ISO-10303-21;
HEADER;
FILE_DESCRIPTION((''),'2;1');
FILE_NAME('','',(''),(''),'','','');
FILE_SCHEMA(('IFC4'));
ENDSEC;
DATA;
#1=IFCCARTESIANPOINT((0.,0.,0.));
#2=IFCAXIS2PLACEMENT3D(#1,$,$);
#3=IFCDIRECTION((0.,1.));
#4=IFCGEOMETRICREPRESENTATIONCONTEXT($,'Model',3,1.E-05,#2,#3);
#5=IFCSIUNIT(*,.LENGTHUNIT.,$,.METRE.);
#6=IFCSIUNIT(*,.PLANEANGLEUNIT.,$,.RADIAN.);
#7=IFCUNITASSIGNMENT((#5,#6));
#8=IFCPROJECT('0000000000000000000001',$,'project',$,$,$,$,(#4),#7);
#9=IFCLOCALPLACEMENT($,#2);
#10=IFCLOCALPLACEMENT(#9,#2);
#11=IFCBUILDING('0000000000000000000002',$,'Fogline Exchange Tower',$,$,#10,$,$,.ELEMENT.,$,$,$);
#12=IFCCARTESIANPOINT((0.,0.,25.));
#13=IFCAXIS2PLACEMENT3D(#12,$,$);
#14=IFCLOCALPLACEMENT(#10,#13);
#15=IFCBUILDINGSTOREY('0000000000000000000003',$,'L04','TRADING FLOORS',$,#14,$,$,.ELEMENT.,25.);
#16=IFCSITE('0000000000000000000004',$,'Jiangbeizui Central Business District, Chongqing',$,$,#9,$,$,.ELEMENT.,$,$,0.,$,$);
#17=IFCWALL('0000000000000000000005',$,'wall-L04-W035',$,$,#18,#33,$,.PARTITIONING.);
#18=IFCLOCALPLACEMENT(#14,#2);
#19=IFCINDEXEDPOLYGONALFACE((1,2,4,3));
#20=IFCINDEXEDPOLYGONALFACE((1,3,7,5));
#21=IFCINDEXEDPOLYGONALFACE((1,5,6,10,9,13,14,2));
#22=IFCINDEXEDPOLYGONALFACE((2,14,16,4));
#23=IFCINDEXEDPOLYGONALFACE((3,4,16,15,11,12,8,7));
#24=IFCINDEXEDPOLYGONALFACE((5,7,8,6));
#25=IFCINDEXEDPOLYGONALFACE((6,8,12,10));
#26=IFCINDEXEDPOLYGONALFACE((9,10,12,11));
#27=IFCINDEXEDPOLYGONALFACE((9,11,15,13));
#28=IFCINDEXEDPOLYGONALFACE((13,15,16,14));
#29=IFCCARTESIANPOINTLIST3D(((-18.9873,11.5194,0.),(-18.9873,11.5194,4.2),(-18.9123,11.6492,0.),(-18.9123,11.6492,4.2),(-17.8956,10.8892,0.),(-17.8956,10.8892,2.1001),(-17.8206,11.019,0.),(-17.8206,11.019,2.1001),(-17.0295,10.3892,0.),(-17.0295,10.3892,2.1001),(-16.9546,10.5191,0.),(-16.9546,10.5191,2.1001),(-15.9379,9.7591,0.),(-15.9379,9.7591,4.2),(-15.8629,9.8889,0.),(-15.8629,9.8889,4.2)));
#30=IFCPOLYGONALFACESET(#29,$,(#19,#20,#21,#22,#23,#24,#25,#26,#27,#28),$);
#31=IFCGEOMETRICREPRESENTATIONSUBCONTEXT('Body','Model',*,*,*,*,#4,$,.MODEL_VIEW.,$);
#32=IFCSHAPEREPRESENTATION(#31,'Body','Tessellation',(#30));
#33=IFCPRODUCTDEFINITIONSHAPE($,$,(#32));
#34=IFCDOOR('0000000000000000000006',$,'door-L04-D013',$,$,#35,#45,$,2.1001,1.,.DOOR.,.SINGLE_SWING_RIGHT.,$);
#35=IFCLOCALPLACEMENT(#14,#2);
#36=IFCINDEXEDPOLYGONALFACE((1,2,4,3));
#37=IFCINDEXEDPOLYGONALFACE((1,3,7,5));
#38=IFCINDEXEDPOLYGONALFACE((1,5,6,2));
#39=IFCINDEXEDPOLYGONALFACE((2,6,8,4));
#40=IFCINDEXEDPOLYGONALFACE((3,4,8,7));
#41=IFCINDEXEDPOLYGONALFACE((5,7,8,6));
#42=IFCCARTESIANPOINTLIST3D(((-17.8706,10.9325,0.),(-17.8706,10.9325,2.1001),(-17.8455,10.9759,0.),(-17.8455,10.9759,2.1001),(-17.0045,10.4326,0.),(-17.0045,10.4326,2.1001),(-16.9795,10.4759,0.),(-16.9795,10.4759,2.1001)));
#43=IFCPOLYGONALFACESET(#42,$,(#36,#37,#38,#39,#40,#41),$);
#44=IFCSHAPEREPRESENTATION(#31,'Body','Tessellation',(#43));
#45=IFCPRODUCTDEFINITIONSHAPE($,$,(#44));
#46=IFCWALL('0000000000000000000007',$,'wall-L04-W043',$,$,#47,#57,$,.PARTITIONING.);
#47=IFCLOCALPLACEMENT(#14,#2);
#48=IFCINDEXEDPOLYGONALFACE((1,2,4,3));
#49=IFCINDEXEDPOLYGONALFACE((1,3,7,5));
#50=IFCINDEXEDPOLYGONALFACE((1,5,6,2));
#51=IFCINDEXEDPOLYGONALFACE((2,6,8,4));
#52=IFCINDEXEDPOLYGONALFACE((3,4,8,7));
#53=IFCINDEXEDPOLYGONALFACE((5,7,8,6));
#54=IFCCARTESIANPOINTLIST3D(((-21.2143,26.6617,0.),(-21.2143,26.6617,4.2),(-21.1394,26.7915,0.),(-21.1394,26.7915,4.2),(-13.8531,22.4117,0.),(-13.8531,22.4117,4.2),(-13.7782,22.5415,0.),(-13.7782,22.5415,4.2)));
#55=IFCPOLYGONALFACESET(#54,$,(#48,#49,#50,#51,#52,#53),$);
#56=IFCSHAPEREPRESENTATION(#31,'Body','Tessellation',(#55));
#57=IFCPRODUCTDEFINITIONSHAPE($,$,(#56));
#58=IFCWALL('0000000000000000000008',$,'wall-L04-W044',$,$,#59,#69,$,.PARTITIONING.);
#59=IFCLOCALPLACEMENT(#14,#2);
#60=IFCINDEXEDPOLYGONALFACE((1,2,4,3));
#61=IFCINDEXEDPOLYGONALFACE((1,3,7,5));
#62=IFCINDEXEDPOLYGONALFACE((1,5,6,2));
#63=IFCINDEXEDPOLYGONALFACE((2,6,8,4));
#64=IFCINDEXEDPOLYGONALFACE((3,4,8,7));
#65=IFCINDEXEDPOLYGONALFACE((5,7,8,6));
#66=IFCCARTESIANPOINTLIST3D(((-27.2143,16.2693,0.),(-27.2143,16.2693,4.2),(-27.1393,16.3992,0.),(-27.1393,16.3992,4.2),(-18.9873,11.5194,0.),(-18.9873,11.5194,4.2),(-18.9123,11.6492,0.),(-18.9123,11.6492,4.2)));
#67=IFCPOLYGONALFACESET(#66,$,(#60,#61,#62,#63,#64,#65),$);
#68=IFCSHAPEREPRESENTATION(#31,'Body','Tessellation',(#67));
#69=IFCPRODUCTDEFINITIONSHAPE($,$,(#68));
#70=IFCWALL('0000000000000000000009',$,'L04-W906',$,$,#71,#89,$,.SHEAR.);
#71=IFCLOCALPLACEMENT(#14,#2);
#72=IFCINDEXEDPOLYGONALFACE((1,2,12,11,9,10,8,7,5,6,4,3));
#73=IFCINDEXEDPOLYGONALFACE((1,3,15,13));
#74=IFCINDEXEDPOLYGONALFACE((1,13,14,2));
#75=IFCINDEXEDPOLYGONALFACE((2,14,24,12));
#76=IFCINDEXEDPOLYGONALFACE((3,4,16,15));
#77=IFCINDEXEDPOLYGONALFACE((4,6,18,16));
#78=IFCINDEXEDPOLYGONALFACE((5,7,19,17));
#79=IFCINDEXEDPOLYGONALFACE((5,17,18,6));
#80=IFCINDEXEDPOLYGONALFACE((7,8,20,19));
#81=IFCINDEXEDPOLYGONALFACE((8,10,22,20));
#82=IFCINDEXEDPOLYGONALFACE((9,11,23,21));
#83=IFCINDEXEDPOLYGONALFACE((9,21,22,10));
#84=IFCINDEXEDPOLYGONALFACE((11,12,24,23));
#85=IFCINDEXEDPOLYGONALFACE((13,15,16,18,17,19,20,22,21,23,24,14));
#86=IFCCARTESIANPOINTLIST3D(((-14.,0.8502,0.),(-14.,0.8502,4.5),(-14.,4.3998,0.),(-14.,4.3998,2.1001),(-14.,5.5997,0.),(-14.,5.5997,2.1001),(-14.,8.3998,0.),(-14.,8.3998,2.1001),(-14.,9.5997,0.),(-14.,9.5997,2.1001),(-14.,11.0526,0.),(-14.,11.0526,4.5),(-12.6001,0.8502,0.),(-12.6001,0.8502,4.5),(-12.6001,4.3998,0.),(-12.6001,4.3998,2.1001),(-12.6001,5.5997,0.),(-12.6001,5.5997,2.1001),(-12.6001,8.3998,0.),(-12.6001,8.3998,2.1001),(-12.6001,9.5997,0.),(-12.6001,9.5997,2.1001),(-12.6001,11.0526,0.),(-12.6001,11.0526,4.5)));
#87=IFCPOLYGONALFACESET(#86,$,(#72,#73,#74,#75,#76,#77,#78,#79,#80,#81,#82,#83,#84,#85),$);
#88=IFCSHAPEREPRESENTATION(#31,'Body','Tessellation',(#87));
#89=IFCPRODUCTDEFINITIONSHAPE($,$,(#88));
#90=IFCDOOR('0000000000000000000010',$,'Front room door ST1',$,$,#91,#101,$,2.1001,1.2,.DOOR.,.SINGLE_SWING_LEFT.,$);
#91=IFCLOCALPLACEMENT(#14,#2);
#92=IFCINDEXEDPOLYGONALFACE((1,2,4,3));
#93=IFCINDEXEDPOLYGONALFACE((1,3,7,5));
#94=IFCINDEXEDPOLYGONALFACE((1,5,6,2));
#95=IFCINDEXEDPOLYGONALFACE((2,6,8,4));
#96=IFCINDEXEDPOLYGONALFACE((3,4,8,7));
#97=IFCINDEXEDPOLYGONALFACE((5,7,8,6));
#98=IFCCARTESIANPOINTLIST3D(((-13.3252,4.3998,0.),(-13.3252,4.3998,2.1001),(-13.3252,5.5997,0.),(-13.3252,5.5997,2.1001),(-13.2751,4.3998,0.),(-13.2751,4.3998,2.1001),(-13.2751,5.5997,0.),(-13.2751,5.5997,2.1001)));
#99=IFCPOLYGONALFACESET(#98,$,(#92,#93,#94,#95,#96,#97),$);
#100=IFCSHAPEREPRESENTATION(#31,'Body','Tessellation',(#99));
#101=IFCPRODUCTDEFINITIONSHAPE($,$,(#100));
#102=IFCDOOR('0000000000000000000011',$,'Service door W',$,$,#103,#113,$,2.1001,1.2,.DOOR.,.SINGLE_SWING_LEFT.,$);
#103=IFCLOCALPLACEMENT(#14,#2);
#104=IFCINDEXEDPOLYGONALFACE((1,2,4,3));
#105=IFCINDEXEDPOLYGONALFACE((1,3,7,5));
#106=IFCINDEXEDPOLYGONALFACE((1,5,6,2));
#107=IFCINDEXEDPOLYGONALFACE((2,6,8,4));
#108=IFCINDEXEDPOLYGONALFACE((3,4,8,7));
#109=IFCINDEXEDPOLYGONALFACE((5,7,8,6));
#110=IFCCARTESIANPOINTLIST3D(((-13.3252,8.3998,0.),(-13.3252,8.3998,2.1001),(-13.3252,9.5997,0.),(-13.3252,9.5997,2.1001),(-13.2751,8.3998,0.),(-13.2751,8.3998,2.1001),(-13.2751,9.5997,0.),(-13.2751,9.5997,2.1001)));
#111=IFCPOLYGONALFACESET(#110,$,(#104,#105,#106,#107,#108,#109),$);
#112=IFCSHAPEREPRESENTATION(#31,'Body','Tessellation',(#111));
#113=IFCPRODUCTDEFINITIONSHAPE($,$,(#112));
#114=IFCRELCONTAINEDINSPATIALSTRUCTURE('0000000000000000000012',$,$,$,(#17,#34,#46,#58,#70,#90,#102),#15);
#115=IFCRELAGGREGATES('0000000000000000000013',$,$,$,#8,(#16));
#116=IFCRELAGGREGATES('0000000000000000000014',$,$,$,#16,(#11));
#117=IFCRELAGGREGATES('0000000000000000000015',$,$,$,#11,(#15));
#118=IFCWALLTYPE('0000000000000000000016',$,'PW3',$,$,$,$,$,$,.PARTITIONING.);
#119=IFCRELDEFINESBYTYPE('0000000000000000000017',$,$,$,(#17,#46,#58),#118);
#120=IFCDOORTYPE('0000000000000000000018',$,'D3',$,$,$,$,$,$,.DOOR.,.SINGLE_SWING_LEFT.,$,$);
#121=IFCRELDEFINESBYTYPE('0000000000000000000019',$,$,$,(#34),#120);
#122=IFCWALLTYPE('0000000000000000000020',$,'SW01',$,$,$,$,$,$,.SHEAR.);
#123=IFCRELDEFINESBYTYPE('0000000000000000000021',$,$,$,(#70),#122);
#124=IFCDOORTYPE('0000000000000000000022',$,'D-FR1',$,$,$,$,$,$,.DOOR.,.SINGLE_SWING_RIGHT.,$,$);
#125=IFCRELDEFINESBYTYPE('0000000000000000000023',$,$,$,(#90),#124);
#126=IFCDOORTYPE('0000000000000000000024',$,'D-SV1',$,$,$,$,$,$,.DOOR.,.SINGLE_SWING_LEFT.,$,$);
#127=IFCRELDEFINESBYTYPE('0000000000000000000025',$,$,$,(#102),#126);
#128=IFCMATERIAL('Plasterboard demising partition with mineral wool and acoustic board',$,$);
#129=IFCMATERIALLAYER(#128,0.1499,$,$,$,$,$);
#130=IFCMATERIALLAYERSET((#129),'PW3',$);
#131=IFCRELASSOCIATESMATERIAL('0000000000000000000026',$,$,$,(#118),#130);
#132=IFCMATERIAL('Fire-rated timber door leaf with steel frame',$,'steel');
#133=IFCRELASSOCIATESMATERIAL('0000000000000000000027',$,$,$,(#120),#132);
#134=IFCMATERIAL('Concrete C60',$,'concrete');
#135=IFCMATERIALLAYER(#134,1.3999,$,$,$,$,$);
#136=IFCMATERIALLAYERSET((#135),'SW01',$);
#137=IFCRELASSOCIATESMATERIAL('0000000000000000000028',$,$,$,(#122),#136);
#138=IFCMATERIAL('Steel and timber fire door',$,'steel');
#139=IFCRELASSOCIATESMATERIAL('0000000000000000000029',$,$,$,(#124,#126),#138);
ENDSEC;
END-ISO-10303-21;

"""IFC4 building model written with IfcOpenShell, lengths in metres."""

from ifc_helpers import new_model, si_unit, direction, frame, frame_2d, origin, place, context, subcontext, project, spatial, rectangle, extrude, material, layer, layer_set, type_object, element, fill, save


model = new_model("IFC4")

# Units and contexts
model_context = context("Model", 3, precision=1e-05, world=origin(), true_north=direction((0.0, 1.0)))
body_context = subcontext(model_context, "Body", "Model", "MODEL_VIEW")
ifc_project = project(units=[si_unit("LENGTHUNIT", "METRE"), si_unit("PLANEANGLEUNIT", "RADIAN")], contexts=[model_context])

# Site, building, storey
site_placement = place(None, origin())
site = spatial("IfcSite", under=ifc_project, at=site_placement, Name="Jiangbeizui Central Business District, Chongqing", CompositionType="ELEMENT", RefElevation=0.0)
building_placement = place(site_placement, origin())
building = spatial("IfcBuilding", under=site, at=building_placement, Name="Fogline Exchange Tower", CompositionType="ELEMENT")
storey_placement = place(building_placement, frame((0.0, 0.0, 25.0)))
storey = spatial("IfcBuildingStorey", under=building, at=storey_placement, Name="L04", Description="TRADING FLOORS", CompositionType="ELEMENT", Elevation=25.0)

# Shared definitions
ifc_material_1 = material(Name="Plasterboard demising partition with mineral wool and acoustic board")
ifc_layer_1 = layer(ifc_material_1, 0.1499)
ifc_layer_set_1 = layer_set([ifc_layer_1], Name="PW3")
wall_type_1 = type_object("IfcWallType", Name="PW3", PredefinedType="PARTITIONING", material=ifc_layer_set_1)
ifc_material_2 = material(Name="Fire-rated timber door leaf with steel frame", Category="steel")
door_type_1 = type_object("IfcDoorType", Name="D3", OperationType="SINGLE_SWING_LEFT", PredefinedType="DOOR", material=ifc_material_2)

# Wall, opening, door
wall_1_placement = place(storey_placement, frame((-15.9004, 9.824, 0.0), z_axis=(0.0, 0.0, 1.0), x_axis=(-0.866059, 0.499943, 0.0)))
wall_1 = element("IfcWall", 1, at=wall_1_placement, inside=storey, type_object=wall_type_1, Name="wall-L04-W035", PredefinedType="PARTITIONING", context=body_context, shape_type="SweptSolid", body=[
    extrude(rectangle(XDim=3.521, YDim=0.1499, at=frame_2d((1.7605, 0.0))), origin(), (0.0, 0.0, 1.0), 4.2),
])
opening_1_placement = place(wall_1_placement, frame((1.2605, 0.0, 0.0)))
opening_1 = element("IfcOpeningElement", 2, at=opening_1_placement, cuts=wall_1, PredefinedType="OPENING", context=body_context, shape_type="SweptSolid", body=[
    extrude(rectangle(XDim=1.0, YDim=2.1001, at=frame_2d((0.5, 1.05))), frame((0.0, 0.085, 0.0), z_axis=(0.0, -1.0, 0.0), x_axis=(1.0, 0.0, 0.0)), (0.0, 0.0, 1.0), 0.1699),
])
door_1_placement = place(opening_1_placement, origin())
door_1 = element("IfcDoor", 3, at=door_1_placement, inside=storey, type_object=door_type_1, Name="door-L04-D013", OperationType="SINGLE_SWING_RIGHT", OverallHeight=2.1001, OverallWidth=1.0, PredefinedType="DOOR", context=body_context, shape_type="SweptSolid", body=[
    extrude(rectangle(XDim=1.0, YDim=2.1001, at=frame_2d((0.5, 1.05))), frame((0.0, 0.0249, 0.0), z_axis=(0.0, -1.0, 0.0), x_axis=(1.0, 0.0, 0.0)), (0.0, 0.0, 1.0), 0.05),
])
fill(opening_1, door_1)

# Walls
wall_2_placement = place(storey_placement, frame((-13.8157, 22.4766, 0.0), z_axis=(0.0, 0.0, 1.0), x_axis=(-0.866022, 0.500007, 0.0)))
element("IfcWall", 4, at=wall_2_placement, inside=storey, type_object=wall_type_1, Name="wall-L04-W043", PredefinedType="PARTITIONING", context=body_context, shape_type="SweptSolid", body=[
    extrude(rectangle(XDim=8.5, YDim=0.1499, at=frame_2d((4.25, 0.0))), origin(), (0.0, 0.0, 1.0), 4.2),
])
wall_3_placement = place(storey_placement, frame((-18.9497, 11.5842, 0.0), z_axis=(0.0, 0.0, 1.0), x_axis=(-0.86602, 0.500009, 0.0)))
element("IfcWall", 5, at=wall_3_placement, inside=storey, type_object=wall_type_1, Name="wall-L04-W044", PredefinedType="PARTITIONING", context=body_context, shape_type="SweptSolid", body=[
    extrude(rectangle(XDim=9.4998, YDim=0.1499, at=frame_2d((4.75, 0.0))), origin(), (0.0, 0.0, 1.0), 4.2),
])

# Wall, openings, doors
ifc_material_3 = material(Name="Concrete C60", Category="concrete")
ifc_layer_2 = layer(ifc_material_3, 1.3999)
ifc_layer_set_2 = layer_set([ifc_layer_2], Name="SW01")
wall_type_2 = type_object("IfcWallType", Name="SW01", PredefinedType="SHEAR", material=ifc_layer_set_2)
wall_4_placement = place(storey_placement, frame((-13.3, 11.0525, 0.0), z_axis=(0.0, 0.0, 1.0), x_axis=(0.0, -1.0, 0.0)))
wall_4 = element("IfcWall", 6, at=wall_4_placement, inside=storey, type_object=wall_type_2, Name="L04-W906", PredefinedType="SHEAR", context=body_context, shape_type="SweptSolid", body=[
    extrude(rectangle(XDim=10.2024, YDim=1.3999, at=frame_2d((5.1011, 0.0))), origin(), (0.0, 0.0, 1.0), 4.5),
])
opening_2_placement = place(wall_4_placement, frame((5.4526, 0.0, 0.0)))
opening_2 = element("IfcOpeningElement", 7, at=opening_2_placement, cuts=wall_4, PredefinedType="OPENING", context=body_context, shape_type="SweptSolid", body=[
    extrude(rectangle(XDim=1.2, YDim=2.1001, at=frame_2d((0.6001, 1.05))), frame((0.0, 0.71, 0.0), z_axis=(0.0, -1.0, 0.0), x_axis=(1.0, 0.0, 0.0)), (0.0, 0.0, 1.0), 1.4199),
])
opening_3_placement = place(wall_4_placement, frame((1.4526, 0.0, 0.0)))
opening_3 = element("IfcOpeningElement", 8, at=opening_3_placement, cuts=wall_4, PredefinedType="OPENING", context=body_context, shape_type="SweptSolid", body=[
    extrude(rectangle(XDim=1.2, YDim=2.1001, at=frame_2d((0.6001, 1.05))), frame((0.0, 0.71, 0.0), z_axis=(0.0, -1.0, 0.0), x_axis=(1.0, 0.0, 0.0)), (0.0, 0.0, 1.0), 1.4199),
])
ifc_material_4 = material(Name="Steel and timber fire door", Category="steel")
door_type_2 = type_object("IfcDoorType", Name="D-FR1", OperationType="SINGLE_SWING_RIGHT", PredefinedType="DOOR", material=ifc_material_4)
door_2_placement = place(opening_2_placement, origin())
door_2 = element("IfcDoor", 9, at=door_2_placement, inside=storey, type_object=door_type_2, Name="Front room door ST1", OperationType="SINGLE_SWING_LEFT", OverallHeight=2.1001, OverallWidth=1.2, PredefinedType="DOOR", context=body_context, shape_type="SweptSolid", body=[
    extrude(rectangle(XDim=1.2, YDim=2.1001, at=frame_2d((0.6001, 1.05))), frame((0.0, 0.0249, 0.0), z_axis=(0.0, -1.0, 0.0), x_axis=(1.0, 0.0, 0.0)), (0.0, 0.0, 1.0), 0.05),
])
fill(opening_2, door_2)
door_type_3 = type_object("IfcDoorType", Name="D-SV1", OperationType="SINGLE_SWING_LEFT", PredefinedType="DOOR", material=ifc_material_4)
door_3_placement = place(opening_3_placement, origin())
door_3 = element("IfcDoor", 10, at=door_3_placement, inside=storey, type_object=door_type_3, Name="Service door W", OperationType="SINGLE_SWING_LEFT", OverallHeight=2.1001, OverallWidth=1.2, PredefinedType="DOOR", context=body_context, shape_type="SweptSolid", body=[
    extrude(rectangle(XDim=1.2, YDim=2.1001, at=frame_2d((0.6001, 1.05))), frame((0.0, 0.0249, 0.0), z_axis=(0.0, -1.0, 0.0), x_axis=(1.0, 0.0, 0.0)), (0.0, 0.0, 1.0), 0.05),
])
fill(opening_3, door_3)

save(model, "model.ifc")
